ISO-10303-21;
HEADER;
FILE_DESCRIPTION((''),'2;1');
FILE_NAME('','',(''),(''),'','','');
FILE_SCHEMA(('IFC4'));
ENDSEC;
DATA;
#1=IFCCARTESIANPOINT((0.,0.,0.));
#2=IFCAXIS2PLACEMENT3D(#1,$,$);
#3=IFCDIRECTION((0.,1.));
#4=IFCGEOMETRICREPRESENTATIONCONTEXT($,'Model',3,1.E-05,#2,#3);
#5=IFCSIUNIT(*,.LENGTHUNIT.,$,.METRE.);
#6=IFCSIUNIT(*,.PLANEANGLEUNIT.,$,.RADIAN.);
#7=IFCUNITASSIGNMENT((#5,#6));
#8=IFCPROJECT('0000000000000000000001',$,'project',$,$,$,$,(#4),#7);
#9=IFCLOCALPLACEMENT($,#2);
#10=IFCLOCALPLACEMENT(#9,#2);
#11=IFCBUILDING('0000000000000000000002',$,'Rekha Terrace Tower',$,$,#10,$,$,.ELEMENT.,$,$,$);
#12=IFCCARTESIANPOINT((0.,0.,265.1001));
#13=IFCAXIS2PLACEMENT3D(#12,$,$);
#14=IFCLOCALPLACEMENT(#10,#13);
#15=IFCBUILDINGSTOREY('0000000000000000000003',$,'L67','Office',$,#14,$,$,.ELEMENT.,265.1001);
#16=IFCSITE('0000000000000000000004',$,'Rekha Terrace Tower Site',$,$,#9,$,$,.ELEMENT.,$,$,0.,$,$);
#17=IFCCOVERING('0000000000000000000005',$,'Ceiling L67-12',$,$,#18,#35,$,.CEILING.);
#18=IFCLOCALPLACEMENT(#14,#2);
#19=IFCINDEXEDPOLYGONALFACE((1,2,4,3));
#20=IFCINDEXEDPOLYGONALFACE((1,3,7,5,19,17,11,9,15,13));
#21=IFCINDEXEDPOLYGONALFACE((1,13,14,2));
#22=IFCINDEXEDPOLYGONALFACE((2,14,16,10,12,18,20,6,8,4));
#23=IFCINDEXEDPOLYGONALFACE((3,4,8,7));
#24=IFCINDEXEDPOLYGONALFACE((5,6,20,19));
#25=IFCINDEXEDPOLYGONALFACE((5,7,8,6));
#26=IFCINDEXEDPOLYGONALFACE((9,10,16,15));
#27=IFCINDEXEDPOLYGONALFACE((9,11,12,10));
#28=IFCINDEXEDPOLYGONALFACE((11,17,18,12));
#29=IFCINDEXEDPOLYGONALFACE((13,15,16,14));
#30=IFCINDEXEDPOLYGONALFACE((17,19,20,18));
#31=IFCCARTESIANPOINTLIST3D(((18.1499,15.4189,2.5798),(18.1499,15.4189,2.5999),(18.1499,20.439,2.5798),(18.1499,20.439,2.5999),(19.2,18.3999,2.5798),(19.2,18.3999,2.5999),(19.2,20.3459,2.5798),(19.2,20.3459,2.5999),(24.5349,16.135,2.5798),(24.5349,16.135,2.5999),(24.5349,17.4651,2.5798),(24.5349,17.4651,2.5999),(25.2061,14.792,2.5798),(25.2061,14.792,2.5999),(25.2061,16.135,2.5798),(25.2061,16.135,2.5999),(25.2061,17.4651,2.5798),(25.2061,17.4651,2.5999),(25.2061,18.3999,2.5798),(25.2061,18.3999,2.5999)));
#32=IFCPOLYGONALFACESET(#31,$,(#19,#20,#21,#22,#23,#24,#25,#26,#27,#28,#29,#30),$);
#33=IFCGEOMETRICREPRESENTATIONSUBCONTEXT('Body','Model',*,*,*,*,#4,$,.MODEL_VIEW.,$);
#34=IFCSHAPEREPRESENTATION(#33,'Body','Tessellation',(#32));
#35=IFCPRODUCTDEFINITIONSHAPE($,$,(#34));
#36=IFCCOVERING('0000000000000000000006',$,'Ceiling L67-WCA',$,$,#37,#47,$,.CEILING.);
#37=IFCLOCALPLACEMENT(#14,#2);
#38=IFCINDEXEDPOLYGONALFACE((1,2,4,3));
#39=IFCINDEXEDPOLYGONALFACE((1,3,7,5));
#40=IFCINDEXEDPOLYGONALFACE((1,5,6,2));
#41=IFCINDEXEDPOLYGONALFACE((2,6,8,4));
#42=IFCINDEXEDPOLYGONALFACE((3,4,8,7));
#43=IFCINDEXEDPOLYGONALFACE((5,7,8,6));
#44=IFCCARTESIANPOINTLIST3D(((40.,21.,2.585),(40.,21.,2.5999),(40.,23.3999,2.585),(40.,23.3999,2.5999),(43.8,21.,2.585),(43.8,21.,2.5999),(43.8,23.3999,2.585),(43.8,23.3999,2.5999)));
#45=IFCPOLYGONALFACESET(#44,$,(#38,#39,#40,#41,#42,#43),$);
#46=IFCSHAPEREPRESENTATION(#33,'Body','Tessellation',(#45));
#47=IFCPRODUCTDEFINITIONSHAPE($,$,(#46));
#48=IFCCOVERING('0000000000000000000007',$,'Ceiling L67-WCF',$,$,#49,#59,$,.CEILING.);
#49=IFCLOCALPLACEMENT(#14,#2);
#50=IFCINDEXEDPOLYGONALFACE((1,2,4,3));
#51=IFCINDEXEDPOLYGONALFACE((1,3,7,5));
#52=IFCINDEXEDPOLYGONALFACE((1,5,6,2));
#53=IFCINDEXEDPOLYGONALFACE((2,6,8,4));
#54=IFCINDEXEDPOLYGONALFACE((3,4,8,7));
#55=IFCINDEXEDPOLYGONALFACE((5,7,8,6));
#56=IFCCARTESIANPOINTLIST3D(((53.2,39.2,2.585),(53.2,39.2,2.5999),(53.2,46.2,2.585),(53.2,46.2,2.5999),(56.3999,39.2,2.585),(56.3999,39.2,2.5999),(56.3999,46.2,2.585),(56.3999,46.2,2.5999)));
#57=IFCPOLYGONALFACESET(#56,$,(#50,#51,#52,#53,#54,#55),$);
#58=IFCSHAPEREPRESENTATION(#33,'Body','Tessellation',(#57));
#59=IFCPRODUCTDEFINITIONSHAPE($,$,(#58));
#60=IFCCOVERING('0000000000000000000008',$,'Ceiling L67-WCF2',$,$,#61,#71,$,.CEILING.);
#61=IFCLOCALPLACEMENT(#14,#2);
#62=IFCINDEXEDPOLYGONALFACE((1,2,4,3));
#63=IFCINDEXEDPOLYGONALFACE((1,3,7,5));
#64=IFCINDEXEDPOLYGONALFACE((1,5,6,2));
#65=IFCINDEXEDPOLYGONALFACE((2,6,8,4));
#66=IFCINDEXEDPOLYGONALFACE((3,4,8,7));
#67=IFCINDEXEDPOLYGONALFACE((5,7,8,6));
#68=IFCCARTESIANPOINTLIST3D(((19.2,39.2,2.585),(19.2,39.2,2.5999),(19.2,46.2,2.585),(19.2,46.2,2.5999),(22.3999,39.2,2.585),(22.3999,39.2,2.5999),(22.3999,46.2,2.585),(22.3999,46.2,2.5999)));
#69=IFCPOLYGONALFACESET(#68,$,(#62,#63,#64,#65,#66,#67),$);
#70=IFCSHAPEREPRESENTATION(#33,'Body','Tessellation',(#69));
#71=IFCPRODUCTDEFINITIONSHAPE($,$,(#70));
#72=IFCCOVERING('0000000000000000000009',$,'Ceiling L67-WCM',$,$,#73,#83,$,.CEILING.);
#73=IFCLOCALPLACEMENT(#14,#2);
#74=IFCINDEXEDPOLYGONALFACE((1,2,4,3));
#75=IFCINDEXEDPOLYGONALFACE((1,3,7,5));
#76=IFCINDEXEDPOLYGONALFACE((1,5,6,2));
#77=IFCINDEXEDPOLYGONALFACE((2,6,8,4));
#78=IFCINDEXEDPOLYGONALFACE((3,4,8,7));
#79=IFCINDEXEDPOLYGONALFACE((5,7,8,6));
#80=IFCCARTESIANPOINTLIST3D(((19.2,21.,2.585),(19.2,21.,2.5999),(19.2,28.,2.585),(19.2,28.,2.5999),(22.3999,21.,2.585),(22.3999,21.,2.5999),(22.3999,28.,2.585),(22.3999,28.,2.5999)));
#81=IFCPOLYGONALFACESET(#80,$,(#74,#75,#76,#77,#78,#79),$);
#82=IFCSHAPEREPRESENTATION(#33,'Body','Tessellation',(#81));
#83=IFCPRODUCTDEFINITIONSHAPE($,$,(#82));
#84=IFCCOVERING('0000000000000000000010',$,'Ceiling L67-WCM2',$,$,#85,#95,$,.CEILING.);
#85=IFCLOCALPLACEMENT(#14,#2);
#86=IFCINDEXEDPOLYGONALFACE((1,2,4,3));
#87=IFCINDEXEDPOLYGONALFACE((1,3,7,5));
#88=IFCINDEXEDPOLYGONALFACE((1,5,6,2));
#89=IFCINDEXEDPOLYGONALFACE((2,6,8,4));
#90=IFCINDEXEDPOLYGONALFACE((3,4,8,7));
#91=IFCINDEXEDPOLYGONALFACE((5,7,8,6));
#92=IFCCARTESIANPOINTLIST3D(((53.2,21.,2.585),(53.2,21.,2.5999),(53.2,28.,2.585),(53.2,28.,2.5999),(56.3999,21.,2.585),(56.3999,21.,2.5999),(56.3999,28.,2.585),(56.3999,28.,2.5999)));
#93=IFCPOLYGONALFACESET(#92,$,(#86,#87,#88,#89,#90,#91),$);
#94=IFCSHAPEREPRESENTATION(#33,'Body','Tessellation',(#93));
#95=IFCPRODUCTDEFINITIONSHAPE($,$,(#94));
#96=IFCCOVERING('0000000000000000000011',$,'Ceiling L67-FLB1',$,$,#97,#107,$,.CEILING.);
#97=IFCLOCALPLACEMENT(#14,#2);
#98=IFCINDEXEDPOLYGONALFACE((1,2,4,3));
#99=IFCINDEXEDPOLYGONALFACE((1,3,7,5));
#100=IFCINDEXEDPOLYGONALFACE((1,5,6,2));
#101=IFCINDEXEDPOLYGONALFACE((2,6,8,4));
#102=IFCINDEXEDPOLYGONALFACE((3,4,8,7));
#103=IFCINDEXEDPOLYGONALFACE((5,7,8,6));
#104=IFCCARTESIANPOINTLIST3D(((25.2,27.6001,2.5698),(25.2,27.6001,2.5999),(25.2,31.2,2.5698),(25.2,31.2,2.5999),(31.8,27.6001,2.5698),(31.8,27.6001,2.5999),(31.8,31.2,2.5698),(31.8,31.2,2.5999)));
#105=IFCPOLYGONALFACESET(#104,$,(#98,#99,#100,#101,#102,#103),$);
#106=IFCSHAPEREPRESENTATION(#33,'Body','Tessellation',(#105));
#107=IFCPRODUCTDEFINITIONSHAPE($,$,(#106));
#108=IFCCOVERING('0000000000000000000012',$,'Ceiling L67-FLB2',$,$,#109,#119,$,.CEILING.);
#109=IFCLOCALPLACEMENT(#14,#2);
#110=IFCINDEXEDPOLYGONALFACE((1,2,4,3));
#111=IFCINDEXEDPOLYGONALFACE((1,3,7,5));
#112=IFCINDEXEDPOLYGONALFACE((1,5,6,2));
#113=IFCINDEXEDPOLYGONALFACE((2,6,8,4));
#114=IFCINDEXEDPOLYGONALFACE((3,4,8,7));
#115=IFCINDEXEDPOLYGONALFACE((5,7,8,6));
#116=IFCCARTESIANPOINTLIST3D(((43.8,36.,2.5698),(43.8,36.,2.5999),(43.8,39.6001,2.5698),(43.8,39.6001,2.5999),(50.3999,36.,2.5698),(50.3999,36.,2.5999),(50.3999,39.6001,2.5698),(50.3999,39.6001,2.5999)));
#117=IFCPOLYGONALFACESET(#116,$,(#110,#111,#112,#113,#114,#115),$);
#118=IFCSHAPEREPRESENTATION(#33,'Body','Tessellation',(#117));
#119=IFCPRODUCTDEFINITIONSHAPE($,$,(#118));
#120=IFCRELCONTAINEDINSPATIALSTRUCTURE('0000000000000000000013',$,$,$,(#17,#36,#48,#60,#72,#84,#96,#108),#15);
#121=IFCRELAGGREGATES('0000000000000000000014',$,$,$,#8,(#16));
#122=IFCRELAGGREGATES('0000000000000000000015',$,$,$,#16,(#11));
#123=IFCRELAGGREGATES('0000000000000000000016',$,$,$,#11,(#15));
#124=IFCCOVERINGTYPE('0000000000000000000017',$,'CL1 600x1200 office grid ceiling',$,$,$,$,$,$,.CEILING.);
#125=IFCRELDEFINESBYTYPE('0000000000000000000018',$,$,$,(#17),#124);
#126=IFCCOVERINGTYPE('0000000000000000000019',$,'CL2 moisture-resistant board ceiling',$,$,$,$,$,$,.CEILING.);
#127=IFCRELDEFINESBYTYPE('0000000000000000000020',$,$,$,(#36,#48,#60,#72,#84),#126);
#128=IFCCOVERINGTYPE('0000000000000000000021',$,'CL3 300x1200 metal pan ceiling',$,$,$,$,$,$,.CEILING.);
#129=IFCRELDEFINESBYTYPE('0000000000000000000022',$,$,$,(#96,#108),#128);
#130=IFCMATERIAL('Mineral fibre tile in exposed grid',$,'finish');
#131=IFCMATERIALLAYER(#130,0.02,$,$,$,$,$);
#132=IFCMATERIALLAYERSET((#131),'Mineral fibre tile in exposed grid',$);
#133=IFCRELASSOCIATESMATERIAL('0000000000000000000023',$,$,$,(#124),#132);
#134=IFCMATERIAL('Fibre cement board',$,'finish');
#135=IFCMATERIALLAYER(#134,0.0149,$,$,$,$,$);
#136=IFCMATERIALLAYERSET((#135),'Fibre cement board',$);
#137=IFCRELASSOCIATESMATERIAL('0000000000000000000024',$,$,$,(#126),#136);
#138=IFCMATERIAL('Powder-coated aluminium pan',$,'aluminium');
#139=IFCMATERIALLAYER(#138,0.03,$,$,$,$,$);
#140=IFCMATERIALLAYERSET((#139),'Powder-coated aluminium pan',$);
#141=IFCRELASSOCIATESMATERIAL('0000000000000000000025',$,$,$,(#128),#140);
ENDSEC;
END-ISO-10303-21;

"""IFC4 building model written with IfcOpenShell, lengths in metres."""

from ifc_helpers import new_model, si_unit, direction, frame, origin, place, context, subcontext, project, spatial, polyline, outline, extrude, material, layer, layer_set, type_object, element, save


model = new_model("IFC4")

# Units and contexts
model_context = context("Model", 3, precision=1e-05, world=origin(), true_north=direction((0.0, 1.0)))
body_context = subcontext(model_context, "Body", "Model", "MODEL_VIEW")
ifc_project = project(units=[si_unit("LENGTHUNIT", "METRE"), si_unit("PLANEANGLEUNIT", "RADIAN")], contexts=[model_context])

# Site, building, storey
site_placement = place(None, origin())
site = spatial("IfcSite", under=ifc_project, at=site_placement, Name="Rekha Terrace Tower Site", CompositionType="ELEMENT", RefElevation=0.0)
building_placement = place(site_placement, origin())
building = spatial("IfcBuilding", under=site, at=building_placement, Name="Rekha Terrace Tower", CompositionType="ELEMENT")
storey_placement = place(building_placement, frame((0.0, 0.0, 265.1001)))
storey = spatial("IfcBuildingStorey", under=building, at=storey_placement, Name="L67", Description="Office", CompositionType="ELEMENT", Elevation=265.1001)

# Coverings
ifc_material_1 = material(Name="Mineral fibre tile in exposed grid", Category="finish")
ifc_layer_1 = layer(ifc_material_1, 0.02)
ifc_layer_set_1 = layer_set([ifc_layer_1], Name="Mineral fibre tile in exposed grid")
covering_type_1 = type_object("IfcCoveringType", Name="CL1 600x1200 office grid ceiling", PredefinedType="CEILING", material=ifc_layer_set_1)
covering_1_placement = place(storey_placement, frame((0.0, 0.0, 2.5798)))
element("IfcCovering", 1, at=covering_1_placement, inside=storey, type_object=covering_type_1, Name="Ceiling L67-12", PredefinedType="CEILING", context=body_context, shape_type="SweptSolid", body=[
    extrude(outline(polyline([(19.2, 18.3999), (19.2, 20.3459), (18.1499, 20.439), (18.1499, 15.4189), (25.2061, 14.792), (25.2061, 16.135), (24.5349, 16.135), (24.5349, 17.4651), (25.2061, 17.4651), (25.2061, 18.3999), (19.2, 18.3999)])), origin(), (0.0, 0.0, 1.0), 0.02),
])
ifc_material_2 = material(Name="Fibre cement board", Category="finish")
ifc_layer_2 = layer(ifc_material_2, 0.0149)
ifc_layer_set_2 = layer_set([ifc_layer_2], Name="Fibre cement board")
covering_type_2 = type_object("IfcCoveringType", Name="CL2 moisture-resistant board ceiling", PredefinedType="CEILING", material=ifc_layer_set_2)
covering_2_placement = place(storey_placement, frame((0.0, 0.0, 2.585)))
element("IfcCovering", 2, at=covering_2_placement, inside=storey, type_object=covering_type_2, Name="Ceiling L67-WCA", PredefinedType="CEILING", context=body_context, shape_type="SweptSolid", body=[
    extrude(outline(polyline([(43.8, 23.3999), (40.0, 23.3999), (40.0, 21.0), (43.8, 21.0), (43.8, 23.3999)])), origin(), (0.0, 0.0, 1.0), 0.0149),
])
covering_3_placement = place(storey_placement, frame((0.0, 0.0, 2.585)))
element("IfcCovering", 3, at=covering_3_placement, inside=storey, type_object=covering_type_2, Name="Ceiling L67-WCF", PredefinedType="CEILING", context=body_context, shape_type="SweptSolid", body=[
    extrude(outline(polyline([(56.3999, 46.2), (53.2, 46.2), (53.2, 39.2), (56.3999, 39.2), (56.3999, 46.2)])), origin(), (0.0, 0.0, 1.0), 0.0149),
])
covering_4_placement = place(storey_placement, frame((0.0, 0.0, 2.585)))
element("IfcCovering", 4, at=covering_4_placement, inside=storey, type_object=covering_type_2, Name="Ceiling L67-WCF2", PredefinedType="CEILING", context=body_context, shape_type="SweptSolid", body=[
    extrude(outline(polyline([(22.3999, 46.2), (19.2, 46.2), (19.2, 39.2), (22.3999, 39.2), (22.3999, 46.2)])), origin(), (0.0, 0.0, 1.0), 0.0149),
])
covering_5_placement = place(storey_placement, frame((0.0, 0.0, 2.585)))
element("IfcCovering", 5, at=covering_5_placement, inside=storey, type_object=covering_type_2, Name="Ceiling L67-WCM", PredefinedType="CEILING", context=body_context, shape_type="SweptSolid", body=[
    extrude(outline(polyline([(22.3999, 28.0), (19.2, 28.0), (19.2, 21.0), (22.3999, 21.0), (22.3999, 28.0)])), origin(), (0.0, 0.0, 1.0), 0.0149),
])
covering_6_placement = place(storey_placement, frame((0.0, 0.0, 2.585)))
element("IfcCovering", 6, at=covering_6_placement, inside=storey, type_object=covering_type_2, Name="Ceiling L67-WCM2", PredefinedType="CEILING", context=body_context, shape_type="SweptSolid", body=[
    extrude(outline(polyline([(56.3999, 28.0), (53.2, 28.0), (53.2, 21.0), (56.3999, 21.0), (56.3999, 28.0)])), origin(), (0.0, 0.0, 1.0), 0.0149),
])
ifc_material_3 = material(Name="Powder-coated aluminium pan", Category="aluminium")
ifc_layer_3 = layer(ifc_material_3, 0.03)
ifc_layer_set_3 = layer_set([ifc_layer_3], Name="Powder-coated aluminium pan")
covering_type_3 = type_object("IfcCoveringType", Name="CL3 300x1200 metal pan ceiling", PredefinedType="CEILING", material=ifc_layer_set_3)
covering_7_placement = place(storey_placement, frame((0.0, 0.0, 2.5698)))
element("IfcCovering", 7, at=covering_7_placement, inside=storey, type_object=covering_type_3, Name="Ceiling L67-FLB1", PredefinedType="CEILING", context=body_context, shape_type="SweptSolid", body=[
    extrude(outline(polyline([(31.8, 31.2), (25.2, 31.2), (25.2, 27.6001), (31.8, 27.6001), (31.8, 31.2)])), origin(), (0.0, 0.0, 1.0), 0.03),
])
covering_8_placement = place(storey_placement, frame((0.0, 0.0, 2.5698)))
element("IfcCovering", 8, at=covering_8_placement, inside=storey, type_object=covering_type_3, Name="Ceiling L67-FLB2", PredefinedType="CEILING", context=body_context, shape_type="SweptSolid", body=[
    extrude(outline(polyline([(50.3999, 39.6001), (43.8, 39.6001), (43.8, 36.0), (50.3999, 36.0), (50.3999, 39.6001)])), origin(), (0.0, 0.0, 1.0), 0.03),
])

save(model, "model.ifc")
